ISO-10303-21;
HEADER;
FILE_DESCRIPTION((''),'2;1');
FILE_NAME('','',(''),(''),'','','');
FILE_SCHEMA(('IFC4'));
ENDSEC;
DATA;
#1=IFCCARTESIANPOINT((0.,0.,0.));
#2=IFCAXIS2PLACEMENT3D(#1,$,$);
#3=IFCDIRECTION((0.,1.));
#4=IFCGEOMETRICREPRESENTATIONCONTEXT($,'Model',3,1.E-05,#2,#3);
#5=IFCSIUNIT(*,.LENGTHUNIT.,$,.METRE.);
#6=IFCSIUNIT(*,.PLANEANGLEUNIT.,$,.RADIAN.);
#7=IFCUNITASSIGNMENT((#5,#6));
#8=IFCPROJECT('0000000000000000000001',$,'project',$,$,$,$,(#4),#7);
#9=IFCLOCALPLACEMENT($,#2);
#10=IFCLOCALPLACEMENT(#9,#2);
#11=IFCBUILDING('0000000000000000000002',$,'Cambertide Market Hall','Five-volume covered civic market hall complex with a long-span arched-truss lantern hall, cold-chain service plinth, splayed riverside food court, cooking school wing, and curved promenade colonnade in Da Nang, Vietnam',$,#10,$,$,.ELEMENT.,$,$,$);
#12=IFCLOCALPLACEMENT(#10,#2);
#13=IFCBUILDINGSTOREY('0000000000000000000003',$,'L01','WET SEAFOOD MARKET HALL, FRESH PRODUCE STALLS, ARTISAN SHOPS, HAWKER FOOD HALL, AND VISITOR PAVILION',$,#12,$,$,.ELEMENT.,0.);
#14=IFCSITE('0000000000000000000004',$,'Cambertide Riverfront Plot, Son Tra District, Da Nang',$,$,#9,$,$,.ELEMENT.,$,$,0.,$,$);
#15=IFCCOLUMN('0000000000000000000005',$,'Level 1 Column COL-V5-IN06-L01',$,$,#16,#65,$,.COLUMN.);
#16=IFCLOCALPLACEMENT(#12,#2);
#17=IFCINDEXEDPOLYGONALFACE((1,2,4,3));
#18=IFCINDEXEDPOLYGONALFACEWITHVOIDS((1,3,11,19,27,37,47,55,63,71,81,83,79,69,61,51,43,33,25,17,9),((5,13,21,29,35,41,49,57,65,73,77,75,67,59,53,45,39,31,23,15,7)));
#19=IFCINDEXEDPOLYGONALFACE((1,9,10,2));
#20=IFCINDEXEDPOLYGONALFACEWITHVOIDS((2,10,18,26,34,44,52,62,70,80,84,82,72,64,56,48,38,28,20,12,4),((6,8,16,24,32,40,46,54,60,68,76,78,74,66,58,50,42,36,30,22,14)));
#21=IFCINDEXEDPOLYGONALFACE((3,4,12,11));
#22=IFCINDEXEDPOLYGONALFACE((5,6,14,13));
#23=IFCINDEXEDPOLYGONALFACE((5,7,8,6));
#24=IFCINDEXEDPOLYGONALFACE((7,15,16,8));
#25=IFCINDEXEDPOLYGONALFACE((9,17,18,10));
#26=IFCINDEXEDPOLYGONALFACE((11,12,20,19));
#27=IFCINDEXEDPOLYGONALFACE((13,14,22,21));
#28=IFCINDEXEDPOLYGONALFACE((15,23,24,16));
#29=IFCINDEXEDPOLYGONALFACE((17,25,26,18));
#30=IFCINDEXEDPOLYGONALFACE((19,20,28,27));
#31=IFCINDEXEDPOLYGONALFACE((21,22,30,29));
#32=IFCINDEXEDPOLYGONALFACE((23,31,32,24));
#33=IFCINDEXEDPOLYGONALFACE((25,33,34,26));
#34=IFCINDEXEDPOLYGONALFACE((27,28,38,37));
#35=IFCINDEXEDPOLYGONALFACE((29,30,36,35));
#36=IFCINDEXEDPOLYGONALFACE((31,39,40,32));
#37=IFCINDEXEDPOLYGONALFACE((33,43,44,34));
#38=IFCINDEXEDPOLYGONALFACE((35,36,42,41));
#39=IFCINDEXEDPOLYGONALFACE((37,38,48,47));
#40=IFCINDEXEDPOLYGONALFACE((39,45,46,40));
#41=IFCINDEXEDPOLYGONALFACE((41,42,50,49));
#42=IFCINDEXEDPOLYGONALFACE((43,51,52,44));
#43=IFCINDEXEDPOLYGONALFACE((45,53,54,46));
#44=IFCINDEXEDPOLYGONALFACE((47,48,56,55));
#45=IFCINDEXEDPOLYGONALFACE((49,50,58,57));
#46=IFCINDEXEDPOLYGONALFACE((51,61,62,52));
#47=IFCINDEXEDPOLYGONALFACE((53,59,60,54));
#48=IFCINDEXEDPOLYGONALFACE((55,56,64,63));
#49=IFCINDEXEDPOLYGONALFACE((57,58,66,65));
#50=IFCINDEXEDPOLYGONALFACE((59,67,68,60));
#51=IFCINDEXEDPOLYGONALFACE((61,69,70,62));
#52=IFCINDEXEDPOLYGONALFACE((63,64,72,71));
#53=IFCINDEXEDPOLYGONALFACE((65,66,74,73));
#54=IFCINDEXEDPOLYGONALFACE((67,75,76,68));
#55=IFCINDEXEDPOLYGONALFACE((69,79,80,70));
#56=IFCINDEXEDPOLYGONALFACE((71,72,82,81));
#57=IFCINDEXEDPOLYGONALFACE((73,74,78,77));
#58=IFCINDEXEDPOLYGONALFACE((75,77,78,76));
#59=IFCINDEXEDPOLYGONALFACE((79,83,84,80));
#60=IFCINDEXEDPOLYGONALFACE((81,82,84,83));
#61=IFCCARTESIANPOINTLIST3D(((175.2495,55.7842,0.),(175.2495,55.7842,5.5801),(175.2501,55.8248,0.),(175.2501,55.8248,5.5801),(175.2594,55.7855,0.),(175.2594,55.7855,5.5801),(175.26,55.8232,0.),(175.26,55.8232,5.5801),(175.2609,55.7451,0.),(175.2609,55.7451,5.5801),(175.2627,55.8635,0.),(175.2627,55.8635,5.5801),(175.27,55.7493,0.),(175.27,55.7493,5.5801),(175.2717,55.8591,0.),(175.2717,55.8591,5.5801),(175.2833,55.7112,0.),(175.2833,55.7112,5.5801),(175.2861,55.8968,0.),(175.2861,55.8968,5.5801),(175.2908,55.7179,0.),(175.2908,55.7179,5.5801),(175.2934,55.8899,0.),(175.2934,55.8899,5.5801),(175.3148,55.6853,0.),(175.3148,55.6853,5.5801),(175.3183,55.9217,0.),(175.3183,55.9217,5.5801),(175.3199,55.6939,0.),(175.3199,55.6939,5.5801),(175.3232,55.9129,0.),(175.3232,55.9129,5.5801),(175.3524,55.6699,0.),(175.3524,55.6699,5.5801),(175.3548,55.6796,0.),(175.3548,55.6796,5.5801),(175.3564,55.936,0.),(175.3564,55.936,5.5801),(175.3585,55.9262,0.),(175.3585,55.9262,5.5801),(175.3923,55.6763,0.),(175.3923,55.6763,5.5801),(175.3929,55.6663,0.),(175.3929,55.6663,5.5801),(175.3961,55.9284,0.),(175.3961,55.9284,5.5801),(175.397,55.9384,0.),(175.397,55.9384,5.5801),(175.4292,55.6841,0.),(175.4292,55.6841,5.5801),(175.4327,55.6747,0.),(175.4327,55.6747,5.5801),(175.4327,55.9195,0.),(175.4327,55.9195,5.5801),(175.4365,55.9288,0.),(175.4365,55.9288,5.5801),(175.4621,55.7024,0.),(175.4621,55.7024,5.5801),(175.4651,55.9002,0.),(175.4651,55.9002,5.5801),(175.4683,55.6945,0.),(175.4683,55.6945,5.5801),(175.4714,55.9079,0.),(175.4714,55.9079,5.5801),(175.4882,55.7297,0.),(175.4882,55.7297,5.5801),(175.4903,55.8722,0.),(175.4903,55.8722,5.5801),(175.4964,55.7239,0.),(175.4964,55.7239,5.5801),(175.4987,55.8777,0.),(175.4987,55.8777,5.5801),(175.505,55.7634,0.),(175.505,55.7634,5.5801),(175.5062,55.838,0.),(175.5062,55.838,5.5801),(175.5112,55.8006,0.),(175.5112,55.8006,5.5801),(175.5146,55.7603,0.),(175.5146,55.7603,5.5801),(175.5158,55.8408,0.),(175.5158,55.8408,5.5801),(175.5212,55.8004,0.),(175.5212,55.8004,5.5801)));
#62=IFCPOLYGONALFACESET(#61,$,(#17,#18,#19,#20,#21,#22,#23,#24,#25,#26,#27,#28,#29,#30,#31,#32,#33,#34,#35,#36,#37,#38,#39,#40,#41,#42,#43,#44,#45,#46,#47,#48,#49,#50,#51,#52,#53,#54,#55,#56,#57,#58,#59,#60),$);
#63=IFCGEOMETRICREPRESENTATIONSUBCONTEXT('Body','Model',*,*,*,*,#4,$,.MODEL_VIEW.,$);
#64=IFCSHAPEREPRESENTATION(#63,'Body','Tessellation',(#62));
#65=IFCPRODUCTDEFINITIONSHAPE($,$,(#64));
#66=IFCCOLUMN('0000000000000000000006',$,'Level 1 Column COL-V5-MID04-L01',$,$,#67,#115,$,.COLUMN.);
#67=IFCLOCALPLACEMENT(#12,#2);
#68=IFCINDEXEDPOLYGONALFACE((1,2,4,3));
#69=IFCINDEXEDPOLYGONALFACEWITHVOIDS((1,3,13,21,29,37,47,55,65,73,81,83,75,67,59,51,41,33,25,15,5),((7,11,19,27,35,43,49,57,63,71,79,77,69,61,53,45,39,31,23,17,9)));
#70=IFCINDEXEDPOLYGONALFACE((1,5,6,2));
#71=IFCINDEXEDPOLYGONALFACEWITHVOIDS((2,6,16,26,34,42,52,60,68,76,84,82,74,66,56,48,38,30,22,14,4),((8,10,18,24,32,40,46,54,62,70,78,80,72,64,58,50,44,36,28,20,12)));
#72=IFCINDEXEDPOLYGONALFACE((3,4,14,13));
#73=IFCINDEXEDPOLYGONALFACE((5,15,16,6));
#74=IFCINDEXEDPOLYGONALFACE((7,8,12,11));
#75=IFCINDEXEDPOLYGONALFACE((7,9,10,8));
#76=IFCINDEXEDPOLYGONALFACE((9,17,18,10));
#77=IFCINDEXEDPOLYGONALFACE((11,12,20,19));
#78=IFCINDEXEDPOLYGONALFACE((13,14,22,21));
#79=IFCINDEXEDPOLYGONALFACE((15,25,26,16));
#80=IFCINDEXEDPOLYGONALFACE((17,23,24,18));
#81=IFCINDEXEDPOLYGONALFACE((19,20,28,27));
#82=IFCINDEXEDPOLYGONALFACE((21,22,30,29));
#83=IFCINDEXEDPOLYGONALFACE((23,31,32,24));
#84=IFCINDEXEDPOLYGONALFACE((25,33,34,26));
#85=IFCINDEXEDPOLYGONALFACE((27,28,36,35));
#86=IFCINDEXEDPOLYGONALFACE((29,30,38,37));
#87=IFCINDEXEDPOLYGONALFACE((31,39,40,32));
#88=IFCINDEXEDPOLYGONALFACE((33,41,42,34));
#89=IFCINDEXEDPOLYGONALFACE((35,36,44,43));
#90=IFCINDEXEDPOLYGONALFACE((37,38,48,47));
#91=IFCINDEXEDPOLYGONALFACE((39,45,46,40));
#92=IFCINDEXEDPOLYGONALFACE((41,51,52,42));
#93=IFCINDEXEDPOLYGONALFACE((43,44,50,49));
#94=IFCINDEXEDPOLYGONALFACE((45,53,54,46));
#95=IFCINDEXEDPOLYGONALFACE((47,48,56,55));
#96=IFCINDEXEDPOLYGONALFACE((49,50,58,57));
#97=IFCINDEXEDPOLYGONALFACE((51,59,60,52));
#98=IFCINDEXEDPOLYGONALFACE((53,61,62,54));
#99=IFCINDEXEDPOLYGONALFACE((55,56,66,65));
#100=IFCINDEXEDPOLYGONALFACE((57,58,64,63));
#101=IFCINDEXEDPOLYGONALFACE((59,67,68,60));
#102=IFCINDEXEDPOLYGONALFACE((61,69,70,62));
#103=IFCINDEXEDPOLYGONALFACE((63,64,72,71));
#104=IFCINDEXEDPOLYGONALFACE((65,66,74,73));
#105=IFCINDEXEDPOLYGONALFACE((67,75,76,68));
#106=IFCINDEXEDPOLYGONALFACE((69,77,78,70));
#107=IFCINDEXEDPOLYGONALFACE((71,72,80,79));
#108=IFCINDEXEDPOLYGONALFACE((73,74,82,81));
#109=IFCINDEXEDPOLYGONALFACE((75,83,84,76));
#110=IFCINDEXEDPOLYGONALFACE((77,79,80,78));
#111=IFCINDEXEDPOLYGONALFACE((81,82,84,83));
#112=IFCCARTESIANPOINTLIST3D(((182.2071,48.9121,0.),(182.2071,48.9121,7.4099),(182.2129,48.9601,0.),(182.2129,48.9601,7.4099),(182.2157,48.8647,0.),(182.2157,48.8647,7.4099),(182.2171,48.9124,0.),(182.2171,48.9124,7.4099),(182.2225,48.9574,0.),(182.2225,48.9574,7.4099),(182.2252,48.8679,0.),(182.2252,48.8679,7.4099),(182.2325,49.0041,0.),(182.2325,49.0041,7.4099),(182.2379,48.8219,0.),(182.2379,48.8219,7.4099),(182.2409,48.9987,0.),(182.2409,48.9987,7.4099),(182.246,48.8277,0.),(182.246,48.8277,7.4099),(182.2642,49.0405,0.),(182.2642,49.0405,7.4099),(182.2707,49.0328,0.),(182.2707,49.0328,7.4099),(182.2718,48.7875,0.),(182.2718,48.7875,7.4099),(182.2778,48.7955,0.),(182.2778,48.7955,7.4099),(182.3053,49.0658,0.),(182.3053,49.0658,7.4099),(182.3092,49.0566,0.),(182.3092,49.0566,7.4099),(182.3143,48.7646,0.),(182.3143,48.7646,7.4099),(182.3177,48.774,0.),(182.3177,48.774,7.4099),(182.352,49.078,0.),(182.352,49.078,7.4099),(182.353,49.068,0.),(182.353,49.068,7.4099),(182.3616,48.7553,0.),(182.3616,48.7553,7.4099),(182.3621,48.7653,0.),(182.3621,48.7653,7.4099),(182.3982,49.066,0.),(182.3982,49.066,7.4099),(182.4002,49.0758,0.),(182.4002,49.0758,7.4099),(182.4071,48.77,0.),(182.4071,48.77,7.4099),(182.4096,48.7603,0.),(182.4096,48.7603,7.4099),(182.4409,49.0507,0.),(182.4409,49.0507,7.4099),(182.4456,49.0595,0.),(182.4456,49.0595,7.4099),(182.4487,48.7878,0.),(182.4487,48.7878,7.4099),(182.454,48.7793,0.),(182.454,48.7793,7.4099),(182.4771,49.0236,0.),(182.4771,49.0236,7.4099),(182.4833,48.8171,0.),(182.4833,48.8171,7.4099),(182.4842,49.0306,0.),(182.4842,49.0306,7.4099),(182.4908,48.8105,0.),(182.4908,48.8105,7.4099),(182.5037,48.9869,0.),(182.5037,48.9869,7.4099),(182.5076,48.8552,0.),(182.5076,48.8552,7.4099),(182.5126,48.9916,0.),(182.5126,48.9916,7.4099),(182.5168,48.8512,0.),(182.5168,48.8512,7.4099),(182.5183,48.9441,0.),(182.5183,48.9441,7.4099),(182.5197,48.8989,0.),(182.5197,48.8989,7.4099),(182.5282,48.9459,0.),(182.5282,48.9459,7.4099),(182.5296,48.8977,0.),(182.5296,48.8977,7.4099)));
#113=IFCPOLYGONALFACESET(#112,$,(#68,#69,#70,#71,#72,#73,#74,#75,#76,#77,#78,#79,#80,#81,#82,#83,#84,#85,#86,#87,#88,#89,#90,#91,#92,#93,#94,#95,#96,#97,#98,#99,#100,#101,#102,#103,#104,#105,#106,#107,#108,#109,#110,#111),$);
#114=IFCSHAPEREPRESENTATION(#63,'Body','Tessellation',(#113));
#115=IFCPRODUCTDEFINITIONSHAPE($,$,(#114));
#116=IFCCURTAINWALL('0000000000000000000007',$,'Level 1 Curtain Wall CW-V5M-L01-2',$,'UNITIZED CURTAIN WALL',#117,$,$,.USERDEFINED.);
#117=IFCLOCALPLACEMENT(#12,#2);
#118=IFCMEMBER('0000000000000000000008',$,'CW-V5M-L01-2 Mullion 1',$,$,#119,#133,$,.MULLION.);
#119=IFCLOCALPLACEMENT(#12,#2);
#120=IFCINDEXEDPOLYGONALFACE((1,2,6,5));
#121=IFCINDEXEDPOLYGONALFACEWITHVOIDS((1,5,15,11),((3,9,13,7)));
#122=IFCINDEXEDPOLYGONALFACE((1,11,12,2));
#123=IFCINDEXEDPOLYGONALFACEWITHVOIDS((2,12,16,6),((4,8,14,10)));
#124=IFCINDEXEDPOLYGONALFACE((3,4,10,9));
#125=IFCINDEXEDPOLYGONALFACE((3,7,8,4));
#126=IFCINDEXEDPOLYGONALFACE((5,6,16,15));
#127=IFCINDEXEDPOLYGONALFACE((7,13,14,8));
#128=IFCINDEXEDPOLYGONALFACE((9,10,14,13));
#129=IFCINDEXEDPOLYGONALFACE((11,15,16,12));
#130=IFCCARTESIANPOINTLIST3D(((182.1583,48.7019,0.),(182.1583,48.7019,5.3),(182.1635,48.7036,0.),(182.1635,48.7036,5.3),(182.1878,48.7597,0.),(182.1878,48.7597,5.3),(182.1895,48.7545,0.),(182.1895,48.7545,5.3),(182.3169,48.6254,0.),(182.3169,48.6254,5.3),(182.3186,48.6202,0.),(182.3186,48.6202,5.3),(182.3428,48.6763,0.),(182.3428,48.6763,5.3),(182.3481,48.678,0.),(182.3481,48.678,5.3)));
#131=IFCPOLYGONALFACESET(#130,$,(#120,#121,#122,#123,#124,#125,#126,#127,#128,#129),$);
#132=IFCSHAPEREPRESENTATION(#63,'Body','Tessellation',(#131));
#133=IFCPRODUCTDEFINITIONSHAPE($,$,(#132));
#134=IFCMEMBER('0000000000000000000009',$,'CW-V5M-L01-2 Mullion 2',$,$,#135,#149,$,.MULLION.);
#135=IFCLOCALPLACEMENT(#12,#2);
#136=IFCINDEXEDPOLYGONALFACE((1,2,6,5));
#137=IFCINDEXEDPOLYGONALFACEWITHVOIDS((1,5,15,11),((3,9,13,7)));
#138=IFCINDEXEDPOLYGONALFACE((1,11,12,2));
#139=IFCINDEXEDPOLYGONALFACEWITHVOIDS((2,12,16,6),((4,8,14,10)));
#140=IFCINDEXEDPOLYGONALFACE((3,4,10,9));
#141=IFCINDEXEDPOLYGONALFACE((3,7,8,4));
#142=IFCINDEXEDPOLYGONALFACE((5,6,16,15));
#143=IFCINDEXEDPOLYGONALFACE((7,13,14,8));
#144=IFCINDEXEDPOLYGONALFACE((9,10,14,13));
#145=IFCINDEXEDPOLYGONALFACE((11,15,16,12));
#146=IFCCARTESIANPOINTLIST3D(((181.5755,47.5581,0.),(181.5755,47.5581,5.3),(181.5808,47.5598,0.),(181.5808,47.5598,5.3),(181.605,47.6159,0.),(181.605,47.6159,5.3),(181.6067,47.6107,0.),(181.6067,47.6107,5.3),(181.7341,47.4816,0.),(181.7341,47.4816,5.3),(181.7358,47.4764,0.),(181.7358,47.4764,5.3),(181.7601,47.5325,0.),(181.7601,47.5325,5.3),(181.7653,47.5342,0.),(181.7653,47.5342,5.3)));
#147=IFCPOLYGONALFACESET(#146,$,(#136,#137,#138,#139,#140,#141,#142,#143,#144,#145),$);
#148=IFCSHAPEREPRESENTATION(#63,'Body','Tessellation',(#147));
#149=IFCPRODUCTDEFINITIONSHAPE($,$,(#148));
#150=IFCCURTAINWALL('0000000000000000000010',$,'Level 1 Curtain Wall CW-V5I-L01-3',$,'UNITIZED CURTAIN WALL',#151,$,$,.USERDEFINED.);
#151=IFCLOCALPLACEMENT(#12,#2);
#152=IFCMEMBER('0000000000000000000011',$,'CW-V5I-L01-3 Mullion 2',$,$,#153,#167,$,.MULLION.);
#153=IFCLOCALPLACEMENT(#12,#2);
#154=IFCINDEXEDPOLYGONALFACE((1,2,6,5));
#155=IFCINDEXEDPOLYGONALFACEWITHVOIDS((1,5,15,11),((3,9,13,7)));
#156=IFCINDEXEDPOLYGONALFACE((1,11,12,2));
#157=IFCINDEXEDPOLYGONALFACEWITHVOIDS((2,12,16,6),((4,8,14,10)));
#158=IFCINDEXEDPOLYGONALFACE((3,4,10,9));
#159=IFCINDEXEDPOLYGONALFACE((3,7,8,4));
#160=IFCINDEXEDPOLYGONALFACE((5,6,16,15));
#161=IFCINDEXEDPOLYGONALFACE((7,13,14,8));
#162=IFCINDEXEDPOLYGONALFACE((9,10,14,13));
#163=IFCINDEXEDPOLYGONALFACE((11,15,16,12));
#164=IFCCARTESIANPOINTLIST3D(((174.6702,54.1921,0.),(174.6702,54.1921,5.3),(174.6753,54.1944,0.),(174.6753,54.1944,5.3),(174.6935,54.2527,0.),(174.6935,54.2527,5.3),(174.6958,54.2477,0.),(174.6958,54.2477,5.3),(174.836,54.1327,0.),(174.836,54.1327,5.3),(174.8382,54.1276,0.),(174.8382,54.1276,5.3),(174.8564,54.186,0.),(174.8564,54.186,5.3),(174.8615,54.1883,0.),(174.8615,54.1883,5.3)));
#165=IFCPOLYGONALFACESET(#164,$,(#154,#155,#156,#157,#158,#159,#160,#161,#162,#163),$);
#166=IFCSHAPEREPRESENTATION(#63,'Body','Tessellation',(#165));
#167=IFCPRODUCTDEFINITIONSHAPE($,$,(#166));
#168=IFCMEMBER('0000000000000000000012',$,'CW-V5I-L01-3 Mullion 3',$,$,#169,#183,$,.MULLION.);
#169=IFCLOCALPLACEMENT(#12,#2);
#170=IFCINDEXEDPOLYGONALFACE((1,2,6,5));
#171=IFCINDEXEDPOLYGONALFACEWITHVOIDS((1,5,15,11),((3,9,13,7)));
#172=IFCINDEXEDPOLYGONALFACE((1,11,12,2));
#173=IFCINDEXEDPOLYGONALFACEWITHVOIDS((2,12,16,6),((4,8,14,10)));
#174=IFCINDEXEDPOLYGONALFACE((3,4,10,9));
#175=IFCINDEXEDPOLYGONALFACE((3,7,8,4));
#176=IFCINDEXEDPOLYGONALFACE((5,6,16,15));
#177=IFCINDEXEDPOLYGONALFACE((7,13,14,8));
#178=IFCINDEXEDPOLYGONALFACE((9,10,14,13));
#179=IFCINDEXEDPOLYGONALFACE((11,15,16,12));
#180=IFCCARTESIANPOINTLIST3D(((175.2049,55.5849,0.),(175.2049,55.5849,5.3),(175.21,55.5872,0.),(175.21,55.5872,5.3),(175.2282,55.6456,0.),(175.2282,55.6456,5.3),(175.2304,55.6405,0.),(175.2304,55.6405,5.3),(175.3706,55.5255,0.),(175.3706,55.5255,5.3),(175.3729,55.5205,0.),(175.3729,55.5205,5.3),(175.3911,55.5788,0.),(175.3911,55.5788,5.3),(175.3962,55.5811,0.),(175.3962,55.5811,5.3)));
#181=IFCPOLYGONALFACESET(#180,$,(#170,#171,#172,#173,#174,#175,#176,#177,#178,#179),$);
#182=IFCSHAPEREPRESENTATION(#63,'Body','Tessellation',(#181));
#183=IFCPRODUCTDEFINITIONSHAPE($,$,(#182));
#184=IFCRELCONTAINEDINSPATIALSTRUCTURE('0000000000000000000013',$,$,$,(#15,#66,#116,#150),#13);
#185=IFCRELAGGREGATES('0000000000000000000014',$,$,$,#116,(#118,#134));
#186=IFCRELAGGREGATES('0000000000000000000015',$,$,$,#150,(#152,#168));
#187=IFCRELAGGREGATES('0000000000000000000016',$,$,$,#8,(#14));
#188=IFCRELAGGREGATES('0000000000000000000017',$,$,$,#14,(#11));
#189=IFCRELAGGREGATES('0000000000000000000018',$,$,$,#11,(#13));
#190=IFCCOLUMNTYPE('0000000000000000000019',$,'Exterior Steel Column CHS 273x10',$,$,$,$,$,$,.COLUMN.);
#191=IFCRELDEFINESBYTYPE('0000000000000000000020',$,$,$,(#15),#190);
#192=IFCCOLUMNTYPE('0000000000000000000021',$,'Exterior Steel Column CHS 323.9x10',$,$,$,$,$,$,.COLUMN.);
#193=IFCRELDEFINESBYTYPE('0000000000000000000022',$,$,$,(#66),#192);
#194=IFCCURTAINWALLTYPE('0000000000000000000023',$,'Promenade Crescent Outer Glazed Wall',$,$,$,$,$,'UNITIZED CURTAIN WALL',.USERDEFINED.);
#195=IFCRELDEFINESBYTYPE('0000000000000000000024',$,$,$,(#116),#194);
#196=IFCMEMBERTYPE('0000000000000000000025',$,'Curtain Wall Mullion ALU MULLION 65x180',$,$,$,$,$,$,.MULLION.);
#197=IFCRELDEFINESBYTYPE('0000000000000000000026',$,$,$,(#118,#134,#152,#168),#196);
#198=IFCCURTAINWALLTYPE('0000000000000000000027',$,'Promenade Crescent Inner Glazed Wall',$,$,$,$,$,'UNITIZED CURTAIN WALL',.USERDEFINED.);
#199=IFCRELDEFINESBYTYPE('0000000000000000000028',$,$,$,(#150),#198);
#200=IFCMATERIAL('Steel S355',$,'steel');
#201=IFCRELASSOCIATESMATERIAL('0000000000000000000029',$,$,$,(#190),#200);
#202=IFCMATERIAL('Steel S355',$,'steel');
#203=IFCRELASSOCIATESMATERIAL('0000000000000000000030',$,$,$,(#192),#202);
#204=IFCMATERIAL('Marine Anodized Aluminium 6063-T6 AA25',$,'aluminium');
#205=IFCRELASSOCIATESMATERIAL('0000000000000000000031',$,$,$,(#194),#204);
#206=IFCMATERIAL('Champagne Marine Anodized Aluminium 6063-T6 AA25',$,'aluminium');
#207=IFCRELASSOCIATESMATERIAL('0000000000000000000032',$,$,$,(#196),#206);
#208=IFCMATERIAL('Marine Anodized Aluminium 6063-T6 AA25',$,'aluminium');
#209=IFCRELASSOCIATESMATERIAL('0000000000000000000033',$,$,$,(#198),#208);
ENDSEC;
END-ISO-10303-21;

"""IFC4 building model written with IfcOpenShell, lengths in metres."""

from ifc_helpers import new_model, si_unit, direction, frame, origin, origin_2d, place, context, subcontext, project, spatial, hollow_rectangle, hollow_circle, extrude, material, material_profile, profile_set, type_object, element, aggregate, save


model = new_model("IFC4")

# Units and contexts
model_context = context("Model", 3, precision=1e-05, world=origin(), true_north=direction((0.0, 1.0)))
body_context = subcontext(model_context, "Body", "Model", "MODEL_VIEW")
ifc_project = project(units=[si_unit("LENGTHUNIT", "METRE"), si_unit("PLANEANGLEUNIT", "RADIAN")], contexts=[model_context])

# Site, building, storey
site_placement = place(None, origin())
site = spatial("IfcSite", under=ifc_project, at=site_placement, Name="Cambertide Riverfront Plot, Son Tra District, Da Nang", CompositionType="ELEMENT", RefElevation=0.0)
building_placement = place(site_placement, origin())
building = spatial("IfcBuilding", under=site, at=building_placement, Name="Cambertide Market Hall", Description="Five-volume covered civic market hall complex with a long-span arched-truss lantern hall, cold-chain service plinth, splayed riverside food court, cooking school wing, and curved promenade colonnade in Da Nang, Vietnam", CompositionType="ELEMENT")
storey_placement = place(building_placement, origin())
storey = spatial("IfcBuildingStorey", under=building, at=storey_placement, Name="L01", Description="WET SEAFOOD MARKET HALL, FRESH PRODUCE STALLS, ARTISAN SHOPS, HAWKER FOOD HALL, AND VISITOR PAVILION", CompositionType="ELEMENT", Elevation=0.0)

# Columns
ifc_material_1 = material(Name="Steel S355", Category="steel")
ifc_material_profile_1 = material_profile(ifc_material_1, hollow_circle(Radius=0.1365, WallThickness=0.01, at=origin_2d()), Name="CHS 273x10")
ifc_profile_set_1 = profile_set([ifc_material_profile_1], Name="Steel S355")
column_type_1 = type_object("IfcColumnType", Name="Exterior Steel Column CHS 273x10", PredefinedType="COLUMN", material=ifc_profile_set_1)
column_1_placement = place(storey_placement, frame((175.3848, 55.8025, 0.0), z_axis=(0.0, 0.0, 1.0), x_axis=(0.951057, -0.309017, 0.0)))
element("IfcColumn", 1, at=column_1_placement, inside=storey, type_object=column_type_1, Name="Level 1 Column COL-V5-IN06-L01", PredefinedType="COLUMN", context=body_context, shape_type="SweptSolid", body=[
    extrude(hollow_circle(Radius=0.1365, WallThickness=0.01, at=origin_2d()), origin(), (0.0, 0.0, 1.0), 5.5801),
])
ifc_material_2 = material(Name="Steel S355", Category="steel")
ifc_material_profile_2 = material_profile(ifc_material_2, hollow_circle(Radius=0.1619, WallThickness=0.01, at=origin_2d()), Name="CHS 323.9x10")
ifc_profile_set_2 = profile_set([ifc_material_profile_2], Name="Steel S355")
column_type_2 = type_object("IfcColumnType", Name="Exterior Steel Column CHS 323.9x10", PredefinedType="COLUMN", material=ifc_profile_set_2)
column_2_placement = place(storey_placement, frame((182.3689, 48.917, 0.0), z_axis=(0.0, 0.0, 1.0), x_axis=(0.913545, -0.406737, 0.0)))
element("IfcColumn", 2, at=column_2_placement, inside=storey, type_object=column_type_2, Name="Level 1 Column COL-V5-MID04-L01", PredefinedType="COLUMN", context=body_context, shape_type="SweptSolid", body=[
    extrude(hollow_circle(Radius=0.1619, WallThickness=0.01, at=origin_2d()), origin(), (0.0, 0.0, 1.0), 7.4099),
])

# Curtain walls, members
ifc_material_3 = material(Name="Marine Anodized Aluminium 6063-T6 AA25", Category="aluminium")
curtain_wall_type_1 = type_object("IfcCurtainWallType", Name="Promenade Crescent Outer Glazed Wall", ElementType="UNITIZED CURTAIN WALL", PredefinedType="USERDEFINED", material=ifc_material_3)
curtain_wall_1_placement = place(storey_placement, origin())
curtain_wall_1 = element("IfcCurtainWall", 3, at=curtain_wall_1_placement, inside=storey, type_object=curtain_wall_type_1, Name="Level 1 Curtain Wall CW-V5M-L01-2", ObjectType="UNITIZED CURTAIN WALL", PredefinedType="USERDEFINED")
ifc_material_4 = material(Name="Champagne Marine Anodized Aluminium 6063-T6 AA25", Category="aluminium")
ifc_material_profile_3 = material_profile(ifc_material_4, hollow_rectangle(XDim=0.0649, YDim=0.1799, WallThickness=0.0039, at=origin_2d()), Name="ALU MULLION 65x180")
ifc_profile_set_3 = profile_set([ifc_material_profile_3], Name="Champagne Marine Anodized Aluminium 6063-T6 AA25")
member_type_1 = type_object("IfcMemberType", Name="Curtain Wall Mullion ALU MULLION 65x180", PredefinedType="MULLION", material=ifc_profile_set_3)
member_1_placement = place(storey_placement, frame((182.2532, 48.6899, 0.0), z_axis=(0.0, 0.0, 1.0), x_axis=(-0.45399, -0.891007, 0.0)))
member_1 = element("IfcMember", 4, at=member_1_placement, type_object=member_type_1, Name="CW-V5M-L01-2 Mullion 1", PredefinedType="MULLION", context=body_context, shape_type="SweptSolid", body=[
    extrude(hollow_rectangle(XDim=0.0649, YDim=0.1799, WallThickness=0.0039, at=origin_2d()), origin(), (0.0, 0.0, 1.0), 5.3),
])
member_2_placement = place(storey_placement, frame((181.6704, 47.5461, 0.0), z_axis=(0.0, 0.0, 1.0), x_axis=(-0.45399, -0.891007, 0.0)))
member_2 = element("IfcMember", 5, at=member_2_placement, type_object=member_type_1, Name="CW-V5M-L01-2 Mullion 2", PredefinedType="MULLION", context=body_context, shape_type="SweptSolid", body=[
    extrude(hollow_rectangle(XDim=0.0649, YDim=0.1799, WallThickness=0.0039, at=origin_2d()), origin(), (0.0, 0.0, 1.0), 5.3),
])
ifc_material_5 = material(Name="Marine Anodized Aluminium 6063-T6 AA25", Category="aluminium")
curtain_wall_type_2 = type_object("IfcCurtainWallType", Name="Promenade Crescent Inner Glazed Wall", ElementType="UNITIZED CURTAIN WALL", PredefinedType="USERDEFINED", material=ifc_material_5)
curtain_wall_2_placement = place(storey_placement, origin())
curtain_wall_2 = element("IfcCurtainWall", 6, at=curtain_wall_2_placement, inside=storey, type_object=curtain_wall_type_2, Name="Level 1 Curtain Wall CW-V5I-L01-3", ObjectType="UNITIZED CURTAIN WALL", PredefinedType="USERDEFINED")
member_3_placement = place(storey_placement, frame((174.7659, 54.1902, 0.0), z_axis=(0.0, 0.0, 1.0), x_axis=(0.358368, 0.93358, 0.0)))
member_3 = element("IfcMember", 7, at=member_3_placement, type_object=member_type_1, Name="CW-V5I-L01-3 Mullion 2", PredefinedType="MULLION", context=body_context, shape_type="SweptSolid", body=[
    extrude(hollow_rectangle(XDim=0.0649, YDim=0.1799, WallThickness=0.0039, at=origin_2d()), origin(), (0.0, 0.0, 1.0), 5.3),
])
member_4_placement = place(storey_placement, frame((175.3005, 55.583, 0.0), z_axis=(0.0, 0.0, 1.0), x_axis=(0.358368, 0.93358, 0.0)))
member_4 = element("IfcMember", 8, at=member_4_placement, type_object=member_type_1, Name="CW-V5I-L01-3 Mullion 3", PredefinedType="MULLION", context=body_context, shape_type="SweptSolid", body=[
    extrude(hollow_rectangle(XDim=0.0649, YDim=0.1799, WallThickness=0.0039, at=origin_2d()), origin(), (0.0, 0.0, 1.0), 5.3),
])

aggregate(curtain_wall_1, [member_1, member_2])
aggregate(curtain_wall_2, [member_3, member_4])

save(model, "model.ifc")
